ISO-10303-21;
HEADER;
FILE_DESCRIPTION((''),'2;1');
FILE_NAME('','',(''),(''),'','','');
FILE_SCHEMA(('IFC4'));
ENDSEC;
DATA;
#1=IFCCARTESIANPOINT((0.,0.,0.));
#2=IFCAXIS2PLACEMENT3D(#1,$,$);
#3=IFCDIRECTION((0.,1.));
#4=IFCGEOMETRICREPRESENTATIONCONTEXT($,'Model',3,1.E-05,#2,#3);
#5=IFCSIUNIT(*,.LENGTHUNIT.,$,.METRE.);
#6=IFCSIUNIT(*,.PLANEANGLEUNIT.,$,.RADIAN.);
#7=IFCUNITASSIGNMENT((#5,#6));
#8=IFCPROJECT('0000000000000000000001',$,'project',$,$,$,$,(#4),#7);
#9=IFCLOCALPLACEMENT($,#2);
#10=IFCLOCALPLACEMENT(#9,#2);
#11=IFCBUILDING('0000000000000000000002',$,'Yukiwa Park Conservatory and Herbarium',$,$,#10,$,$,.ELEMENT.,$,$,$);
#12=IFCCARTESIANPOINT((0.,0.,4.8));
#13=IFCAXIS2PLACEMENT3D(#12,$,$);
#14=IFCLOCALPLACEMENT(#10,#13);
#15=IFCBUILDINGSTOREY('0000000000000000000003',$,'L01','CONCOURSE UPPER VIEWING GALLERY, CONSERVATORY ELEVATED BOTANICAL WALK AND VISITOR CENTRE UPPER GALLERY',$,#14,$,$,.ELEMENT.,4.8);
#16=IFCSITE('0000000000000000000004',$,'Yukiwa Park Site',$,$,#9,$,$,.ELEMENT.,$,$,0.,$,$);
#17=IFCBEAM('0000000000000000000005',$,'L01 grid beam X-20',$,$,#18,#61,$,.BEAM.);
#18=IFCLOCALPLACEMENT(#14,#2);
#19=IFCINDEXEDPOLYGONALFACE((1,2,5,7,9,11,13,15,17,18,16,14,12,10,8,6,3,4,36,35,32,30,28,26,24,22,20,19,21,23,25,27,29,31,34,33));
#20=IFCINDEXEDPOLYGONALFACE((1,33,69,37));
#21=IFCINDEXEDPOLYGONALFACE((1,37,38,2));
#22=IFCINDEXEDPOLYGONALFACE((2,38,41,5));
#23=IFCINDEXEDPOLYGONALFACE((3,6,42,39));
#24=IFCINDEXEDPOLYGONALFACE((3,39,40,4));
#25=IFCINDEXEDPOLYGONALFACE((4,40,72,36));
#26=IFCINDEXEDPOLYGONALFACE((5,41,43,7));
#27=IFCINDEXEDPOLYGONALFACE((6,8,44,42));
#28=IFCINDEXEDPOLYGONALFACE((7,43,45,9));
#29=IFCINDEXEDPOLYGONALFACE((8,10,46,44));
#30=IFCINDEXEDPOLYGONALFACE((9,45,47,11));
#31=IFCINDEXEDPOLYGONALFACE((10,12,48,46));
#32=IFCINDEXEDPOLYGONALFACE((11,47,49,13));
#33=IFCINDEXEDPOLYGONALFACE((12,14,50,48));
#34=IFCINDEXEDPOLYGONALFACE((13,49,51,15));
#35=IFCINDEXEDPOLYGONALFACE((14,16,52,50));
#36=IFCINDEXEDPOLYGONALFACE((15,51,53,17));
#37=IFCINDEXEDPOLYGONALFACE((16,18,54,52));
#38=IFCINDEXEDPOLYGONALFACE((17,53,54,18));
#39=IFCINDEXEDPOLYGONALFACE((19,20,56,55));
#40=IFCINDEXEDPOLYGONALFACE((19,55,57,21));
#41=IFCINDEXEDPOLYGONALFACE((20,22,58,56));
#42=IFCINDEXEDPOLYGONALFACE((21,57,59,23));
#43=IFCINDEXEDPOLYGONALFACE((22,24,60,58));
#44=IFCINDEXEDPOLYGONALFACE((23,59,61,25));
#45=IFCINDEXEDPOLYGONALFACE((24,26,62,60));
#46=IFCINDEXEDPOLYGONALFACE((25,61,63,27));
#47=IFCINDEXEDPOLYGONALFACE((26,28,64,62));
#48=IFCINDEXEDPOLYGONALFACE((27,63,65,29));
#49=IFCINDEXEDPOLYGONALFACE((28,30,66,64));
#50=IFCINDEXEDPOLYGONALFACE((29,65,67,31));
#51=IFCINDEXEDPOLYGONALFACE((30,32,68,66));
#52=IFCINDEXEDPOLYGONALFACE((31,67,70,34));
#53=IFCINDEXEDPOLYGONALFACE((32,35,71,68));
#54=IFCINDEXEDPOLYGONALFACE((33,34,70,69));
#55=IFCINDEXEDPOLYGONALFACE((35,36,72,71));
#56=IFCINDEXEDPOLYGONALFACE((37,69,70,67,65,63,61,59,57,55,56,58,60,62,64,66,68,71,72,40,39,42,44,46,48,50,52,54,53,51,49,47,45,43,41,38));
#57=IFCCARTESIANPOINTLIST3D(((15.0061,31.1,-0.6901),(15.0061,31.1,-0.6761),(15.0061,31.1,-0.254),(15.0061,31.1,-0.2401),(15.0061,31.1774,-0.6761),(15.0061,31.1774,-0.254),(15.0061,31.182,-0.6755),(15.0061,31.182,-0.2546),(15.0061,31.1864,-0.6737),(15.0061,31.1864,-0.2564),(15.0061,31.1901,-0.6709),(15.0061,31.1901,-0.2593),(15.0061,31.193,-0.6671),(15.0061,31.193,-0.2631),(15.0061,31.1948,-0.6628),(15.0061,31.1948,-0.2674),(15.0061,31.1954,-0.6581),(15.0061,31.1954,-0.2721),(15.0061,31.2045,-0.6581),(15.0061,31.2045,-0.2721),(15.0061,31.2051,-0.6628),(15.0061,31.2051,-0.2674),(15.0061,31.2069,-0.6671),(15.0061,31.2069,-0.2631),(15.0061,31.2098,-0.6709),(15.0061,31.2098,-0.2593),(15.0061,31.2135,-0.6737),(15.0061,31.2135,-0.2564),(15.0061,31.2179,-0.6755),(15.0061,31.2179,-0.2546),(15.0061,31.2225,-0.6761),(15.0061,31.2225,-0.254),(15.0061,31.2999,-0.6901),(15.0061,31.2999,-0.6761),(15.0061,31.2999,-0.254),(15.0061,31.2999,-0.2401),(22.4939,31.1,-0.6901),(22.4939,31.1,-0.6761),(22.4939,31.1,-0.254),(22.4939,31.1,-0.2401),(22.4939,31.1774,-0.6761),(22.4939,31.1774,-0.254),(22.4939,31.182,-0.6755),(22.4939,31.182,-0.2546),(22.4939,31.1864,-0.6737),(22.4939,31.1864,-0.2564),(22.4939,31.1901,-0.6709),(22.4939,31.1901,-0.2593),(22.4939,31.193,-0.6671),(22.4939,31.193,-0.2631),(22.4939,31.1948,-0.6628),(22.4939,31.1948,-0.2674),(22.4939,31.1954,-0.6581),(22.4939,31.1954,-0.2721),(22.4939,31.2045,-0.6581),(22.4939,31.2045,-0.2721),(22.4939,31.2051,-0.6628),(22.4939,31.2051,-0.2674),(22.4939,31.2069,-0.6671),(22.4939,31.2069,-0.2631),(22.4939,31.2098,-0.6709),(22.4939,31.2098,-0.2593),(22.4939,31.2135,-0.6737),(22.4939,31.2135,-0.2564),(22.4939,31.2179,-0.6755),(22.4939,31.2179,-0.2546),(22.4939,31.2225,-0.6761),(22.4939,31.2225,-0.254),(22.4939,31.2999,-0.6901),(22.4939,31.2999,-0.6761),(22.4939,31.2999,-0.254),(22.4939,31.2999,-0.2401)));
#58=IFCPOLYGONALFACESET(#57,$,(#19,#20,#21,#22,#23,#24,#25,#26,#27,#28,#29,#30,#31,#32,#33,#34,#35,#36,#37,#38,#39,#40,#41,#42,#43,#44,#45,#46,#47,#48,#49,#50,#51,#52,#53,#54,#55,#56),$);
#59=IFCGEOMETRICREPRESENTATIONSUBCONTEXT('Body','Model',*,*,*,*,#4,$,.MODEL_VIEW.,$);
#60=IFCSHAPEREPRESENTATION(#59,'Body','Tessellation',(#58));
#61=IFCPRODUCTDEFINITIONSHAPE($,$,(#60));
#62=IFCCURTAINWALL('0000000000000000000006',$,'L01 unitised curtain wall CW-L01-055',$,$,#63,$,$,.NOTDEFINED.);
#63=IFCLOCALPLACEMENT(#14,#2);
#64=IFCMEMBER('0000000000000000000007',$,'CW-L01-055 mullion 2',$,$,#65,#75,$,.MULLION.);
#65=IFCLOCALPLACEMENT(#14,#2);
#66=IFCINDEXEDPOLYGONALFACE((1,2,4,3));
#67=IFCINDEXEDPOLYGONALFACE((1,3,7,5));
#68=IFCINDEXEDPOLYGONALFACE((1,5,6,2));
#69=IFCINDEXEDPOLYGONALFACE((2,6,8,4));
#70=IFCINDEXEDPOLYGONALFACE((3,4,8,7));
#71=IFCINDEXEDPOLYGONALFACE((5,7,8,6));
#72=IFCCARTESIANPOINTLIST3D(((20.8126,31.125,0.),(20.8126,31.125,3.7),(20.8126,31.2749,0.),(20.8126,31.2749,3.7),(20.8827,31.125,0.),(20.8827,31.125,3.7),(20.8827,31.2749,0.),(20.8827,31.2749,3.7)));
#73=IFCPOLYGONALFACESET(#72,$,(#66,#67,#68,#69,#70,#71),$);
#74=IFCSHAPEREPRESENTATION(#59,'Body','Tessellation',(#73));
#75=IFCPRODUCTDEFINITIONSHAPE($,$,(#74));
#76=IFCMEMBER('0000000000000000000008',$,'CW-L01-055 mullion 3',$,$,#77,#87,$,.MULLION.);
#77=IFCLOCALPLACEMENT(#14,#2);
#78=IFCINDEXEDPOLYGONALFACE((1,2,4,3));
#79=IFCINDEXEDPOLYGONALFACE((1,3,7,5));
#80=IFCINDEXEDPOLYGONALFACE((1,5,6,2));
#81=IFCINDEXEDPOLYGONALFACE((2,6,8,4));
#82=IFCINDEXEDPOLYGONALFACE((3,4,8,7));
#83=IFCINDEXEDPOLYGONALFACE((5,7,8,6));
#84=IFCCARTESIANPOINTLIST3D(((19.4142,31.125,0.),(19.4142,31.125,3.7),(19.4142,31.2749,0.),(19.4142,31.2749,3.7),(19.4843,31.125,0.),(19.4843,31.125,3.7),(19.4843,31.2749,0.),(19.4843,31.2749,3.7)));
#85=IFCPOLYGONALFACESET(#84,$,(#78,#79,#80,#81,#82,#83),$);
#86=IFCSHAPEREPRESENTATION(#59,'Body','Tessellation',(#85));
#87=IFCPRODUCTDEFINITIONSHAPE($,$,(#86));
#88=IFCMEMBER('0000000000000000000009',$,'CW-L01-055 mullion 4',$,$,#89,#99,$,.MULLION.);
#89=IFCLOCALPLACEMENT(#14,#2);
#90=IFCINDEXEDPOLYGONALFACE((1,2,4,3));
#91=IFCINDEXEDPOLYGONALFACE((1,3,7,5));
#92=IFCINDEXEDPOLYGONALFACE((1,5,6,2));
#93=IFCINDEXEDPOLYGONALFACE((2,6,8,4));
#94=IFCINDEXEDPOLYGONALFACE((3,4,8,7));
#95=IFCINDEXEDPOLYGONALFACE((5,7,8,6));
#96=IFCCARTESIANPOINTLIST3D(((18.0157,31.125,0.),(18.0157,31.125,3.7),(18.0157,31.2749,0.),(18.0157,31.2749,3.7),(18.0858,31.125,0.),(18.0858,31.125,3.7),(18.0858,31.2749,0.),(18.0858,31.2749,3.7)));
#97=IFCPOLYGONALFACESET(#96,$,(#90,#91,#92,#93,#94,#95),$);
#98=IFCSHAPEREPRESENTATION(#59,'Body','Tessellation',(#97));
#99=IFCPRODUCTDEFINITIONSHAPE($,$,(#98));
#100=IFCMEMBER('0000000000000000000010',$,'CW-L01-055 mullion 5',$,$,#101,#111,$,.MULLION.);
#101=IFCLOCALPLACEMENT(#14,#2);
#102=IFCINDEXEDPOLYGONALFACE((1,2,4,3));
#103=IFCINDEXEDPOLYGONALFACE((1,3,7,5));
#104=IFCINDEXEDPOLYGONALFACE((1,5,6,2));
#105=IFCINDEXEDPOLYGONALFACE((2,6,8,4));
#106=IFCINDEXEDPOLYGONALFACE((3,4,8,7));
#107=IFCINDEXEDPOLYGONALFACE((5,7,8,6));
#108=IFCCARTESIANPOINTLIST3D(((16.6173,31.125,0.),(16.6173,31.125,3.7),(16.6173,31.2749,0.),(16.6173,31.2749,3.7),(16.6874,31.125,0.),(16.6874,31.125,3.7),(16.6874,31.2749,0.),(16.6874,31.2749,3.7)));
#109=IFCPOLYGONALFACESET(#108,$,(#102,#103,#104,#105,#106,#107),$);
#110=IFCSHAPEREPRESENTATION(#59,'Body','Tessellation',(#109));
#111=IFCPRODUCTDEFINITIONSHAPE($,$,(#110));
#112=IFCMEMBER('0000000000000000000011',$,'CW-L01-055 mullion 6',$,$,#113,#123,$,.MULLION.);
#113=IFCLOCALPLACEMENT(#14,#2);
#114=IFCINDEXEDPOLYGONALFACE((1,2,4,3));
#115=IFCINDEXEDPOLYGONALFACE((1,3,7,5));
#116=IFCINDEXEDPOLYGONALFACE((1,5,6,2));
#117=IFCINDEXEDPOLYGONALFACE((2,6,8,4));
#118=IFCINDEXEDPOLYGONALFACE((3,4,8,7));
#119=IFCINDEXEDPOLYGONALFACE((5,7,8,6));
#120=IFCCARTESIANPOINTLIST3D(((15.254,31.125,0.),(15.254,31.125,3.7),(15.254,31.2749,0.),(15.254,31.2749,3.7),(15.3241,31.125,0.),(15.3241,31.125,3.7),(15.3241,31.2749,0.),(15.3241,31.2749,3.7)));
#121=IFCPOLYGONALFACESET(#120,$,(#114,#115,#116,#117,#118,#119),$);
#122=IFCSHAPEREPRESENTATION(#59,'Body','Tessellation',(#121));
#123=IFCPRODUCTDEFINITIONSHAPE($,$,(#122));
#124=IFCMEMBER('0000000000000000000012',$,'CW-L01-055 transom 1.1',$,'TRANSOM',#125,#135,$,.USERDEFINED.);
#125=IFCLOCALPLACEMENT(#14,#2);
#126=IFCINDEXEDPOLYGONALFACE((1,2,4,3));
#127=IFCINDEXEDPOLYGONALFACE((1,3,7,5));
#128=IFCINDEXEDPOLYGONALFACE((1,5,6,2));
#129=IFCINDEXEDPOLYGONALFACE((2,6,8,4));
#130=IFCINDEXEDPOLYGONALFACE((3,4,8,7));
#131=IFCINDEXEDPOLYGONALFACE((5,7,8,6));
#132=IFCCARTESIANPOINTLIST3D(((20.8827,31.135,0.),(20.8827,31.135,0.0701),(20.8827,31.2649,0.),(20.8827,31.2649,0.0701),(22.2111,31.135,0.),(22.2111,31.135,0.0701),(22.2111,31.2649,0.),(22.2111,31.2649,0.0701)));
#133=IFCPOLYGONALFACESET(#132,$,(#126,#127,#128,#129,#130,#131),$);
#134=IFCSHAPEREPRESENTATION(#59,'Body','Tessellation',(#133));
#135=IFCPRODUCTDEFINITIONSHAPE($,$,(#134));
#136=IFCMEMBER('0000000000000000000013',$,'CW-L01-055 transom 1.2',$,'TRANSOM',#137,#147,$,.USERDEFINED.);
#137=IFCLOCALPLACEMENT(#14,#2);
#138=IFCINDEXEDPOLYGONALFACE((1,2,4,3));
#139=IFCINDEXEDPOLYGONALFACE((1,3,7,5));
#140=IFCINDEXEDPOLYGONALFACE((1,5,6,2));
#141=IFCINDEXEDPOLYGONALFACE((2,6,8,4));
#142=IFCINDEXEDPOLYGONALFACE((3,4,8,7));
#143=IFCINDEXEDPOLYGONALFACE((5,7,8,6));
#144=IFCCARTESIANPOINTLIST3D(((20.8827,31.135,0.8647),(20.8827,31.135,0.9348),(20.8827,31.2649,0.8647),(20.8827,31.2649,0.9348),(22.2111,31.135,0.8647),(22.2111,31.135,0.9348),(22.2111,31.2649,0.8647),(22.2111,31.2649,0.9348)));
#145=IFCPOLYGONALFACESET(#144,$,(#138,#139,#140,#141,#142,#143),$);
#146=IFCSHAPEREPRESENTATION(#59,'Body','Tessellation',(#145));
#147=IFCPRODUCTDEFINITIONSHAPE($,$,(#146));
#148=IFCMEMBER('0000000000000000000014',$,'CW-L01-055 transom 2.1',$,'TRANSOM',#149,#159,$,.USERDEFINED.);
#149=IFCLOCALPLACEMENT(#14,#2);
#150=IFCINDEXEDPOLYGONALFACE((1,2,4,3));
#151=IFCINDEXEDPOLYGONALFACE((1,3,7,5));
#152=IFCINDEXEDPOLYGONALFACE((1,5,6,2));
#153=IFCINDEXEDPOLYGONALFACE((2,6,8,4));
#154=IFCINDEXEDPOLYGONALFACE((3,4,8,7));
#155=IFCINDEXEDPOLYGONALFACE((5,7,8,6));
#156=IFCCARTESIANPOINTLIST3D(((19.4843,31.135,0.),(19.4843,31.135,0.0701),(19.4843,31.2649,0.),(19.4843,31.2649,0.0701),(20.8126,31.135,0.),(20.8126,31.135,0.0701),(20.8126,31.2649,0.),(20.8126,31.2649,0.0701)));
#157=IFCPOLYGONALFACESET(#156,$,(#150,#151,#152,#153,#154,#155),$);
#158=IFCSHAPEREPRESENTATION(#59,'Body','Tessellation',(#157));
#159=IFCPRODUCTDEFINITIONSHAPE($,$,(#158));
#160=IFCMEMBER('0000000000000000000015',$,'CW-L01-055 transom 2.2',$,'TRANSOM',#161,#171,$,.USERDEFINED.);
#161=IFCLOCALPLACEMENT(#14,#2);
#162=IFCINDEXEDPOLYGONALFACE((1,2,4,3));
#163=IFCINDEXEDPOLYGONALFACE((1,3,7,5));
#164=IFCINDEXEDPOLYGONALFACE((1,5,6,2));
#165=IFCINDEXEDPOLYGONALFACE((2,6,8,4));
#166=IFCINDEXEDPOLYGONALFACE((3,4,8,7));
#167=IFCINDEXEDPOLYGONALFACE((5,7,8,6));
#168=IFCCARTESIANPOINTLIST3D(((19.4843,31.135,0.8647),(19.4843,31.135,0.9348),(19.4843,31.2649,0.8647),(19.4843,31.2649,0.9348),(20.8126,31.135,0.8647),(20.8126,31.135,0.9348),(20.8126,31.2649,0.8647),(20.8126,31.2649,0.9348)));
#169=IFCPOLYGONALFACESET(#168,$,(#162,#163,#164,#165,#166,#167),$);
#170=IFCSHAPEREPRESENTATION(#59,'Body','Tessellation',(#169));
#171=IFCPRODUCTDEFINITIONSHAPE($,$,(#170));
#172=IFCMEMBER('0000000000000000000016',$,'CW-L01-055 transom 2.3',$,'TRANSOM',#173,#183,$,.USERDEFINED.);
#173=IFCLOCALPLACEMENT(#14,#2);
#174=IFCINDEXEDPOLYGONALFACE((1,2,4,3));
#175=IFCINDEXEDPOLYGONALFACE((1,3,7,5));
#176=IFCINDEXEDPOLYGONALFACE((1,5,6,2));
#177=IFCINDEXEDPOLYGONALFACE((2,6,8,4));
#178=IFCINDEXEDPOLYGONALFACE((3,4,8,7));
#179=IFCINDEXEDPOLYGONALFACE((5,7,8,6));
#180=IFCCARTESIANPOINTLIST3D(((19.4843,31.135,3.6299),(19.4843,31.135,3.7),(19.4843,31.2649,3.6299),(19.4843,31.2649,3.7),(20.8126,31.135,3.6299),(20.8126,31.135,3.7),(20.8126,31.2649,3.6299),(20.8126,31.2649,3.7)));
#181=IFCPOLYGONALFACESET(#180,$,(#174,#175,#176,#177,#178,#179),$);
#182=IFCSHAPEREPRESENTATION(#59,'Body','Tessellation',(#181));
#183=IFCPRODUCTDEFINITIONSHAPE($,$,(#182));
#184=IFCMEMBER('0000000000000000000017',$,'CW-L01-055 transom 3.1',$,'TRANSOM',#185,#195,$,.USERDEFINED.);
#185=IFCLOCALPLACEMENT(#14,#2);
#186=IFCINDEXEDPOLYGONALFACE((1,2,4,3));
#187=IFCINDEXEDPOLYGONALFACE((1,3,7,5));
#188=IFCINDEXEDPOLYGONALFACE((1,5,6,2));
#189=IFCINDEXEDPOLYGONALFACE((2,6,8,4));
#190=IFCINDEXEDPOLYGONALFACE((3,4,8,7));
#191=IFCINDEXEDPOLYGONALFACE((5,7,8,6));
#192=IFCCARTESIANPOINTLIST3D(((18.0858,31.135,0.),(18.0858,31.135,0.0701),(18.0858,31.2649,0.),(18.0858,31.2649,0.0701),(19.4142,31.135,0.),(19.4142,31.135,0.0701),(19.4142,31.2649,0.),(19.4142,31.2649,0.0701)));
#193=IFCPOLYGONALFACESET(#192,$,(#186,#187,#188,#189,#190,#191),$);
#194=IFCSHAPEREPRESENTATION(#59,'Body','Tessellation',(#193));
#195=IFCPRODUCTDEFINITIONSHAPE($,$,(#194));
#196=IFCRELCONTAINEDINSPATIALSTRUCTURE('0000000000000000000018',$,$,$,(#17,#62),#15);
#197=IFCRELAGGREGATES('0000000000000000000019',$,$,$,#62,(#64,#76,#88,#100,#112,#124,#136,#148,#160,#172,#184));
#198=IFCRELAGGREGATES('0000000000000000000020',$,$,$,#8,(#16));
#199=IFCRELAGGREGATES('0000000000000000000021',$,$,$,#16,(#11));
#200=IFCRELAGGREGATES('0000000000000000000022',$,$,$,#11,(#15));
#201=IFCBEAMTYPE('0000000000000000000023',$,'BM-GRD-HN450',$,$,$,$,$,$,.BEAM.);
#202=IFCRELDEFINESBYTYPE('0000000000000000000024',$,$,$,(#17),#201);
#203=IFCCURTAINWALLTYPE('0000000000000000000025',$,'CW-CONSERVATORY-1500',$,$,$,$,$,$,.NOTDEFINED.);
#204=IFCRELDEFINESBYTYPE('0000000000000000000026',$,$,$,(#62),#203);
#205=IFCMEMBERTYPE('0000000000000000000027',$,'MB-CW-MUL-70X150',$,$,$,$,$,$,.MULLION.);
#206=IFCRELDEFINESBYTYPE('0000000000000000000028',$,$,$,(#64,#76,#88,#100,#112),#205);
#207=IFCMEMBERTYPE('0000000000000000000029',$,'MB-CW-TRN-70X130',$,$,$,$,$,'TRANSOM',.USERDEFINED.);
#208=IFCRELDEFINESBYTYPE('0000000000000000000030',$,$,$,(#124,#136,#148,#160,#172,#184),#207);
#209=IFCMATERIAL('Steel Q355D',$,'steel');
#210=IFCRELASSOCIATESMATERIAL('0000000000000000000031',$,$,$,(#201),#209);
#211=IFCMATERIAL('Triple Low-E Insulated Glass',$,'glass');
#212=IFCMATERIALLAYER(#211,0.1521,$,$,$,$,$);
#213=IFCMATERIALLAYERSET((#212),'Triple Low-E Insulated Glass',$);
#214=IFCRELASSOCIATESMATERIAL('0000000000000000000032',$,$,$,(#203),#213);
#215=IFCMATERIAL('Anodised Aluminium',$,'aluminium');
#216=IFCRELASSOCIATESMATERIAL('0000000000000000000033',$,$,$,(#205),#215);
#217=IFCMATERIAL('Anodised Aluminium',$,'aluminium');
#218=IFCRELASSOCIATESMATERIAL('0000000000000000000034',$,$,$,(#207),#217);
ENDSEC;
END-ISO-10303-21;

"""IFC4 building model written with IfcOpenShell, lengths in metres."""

from ifc_helpers import new_model, si_unit, direction, frame, origin, origin_2d, place, context, subcontext, project, spatial, rectangle, i_section, extrude, material, layer, layer_set, material_profile, profile_set, type_object, element, aggregate, save


model = new_model("IFC4")

# Units and contexts
model_context = context("Model", 3, precision=1e-05, world=origin(), true_north=direction((0.0, 1.0)))
body_context = subcontext(model_context, "Body", "Model", "MODEL_VIEW")
ifc_project = project(units=[si_unit("LENGTHUNIT", "METRE"), si_unit("PLANEANGLEUNIT", "RADIAN")], contexts=[model_context])

# Site, building, storey
site_placement = place(None, origin())
site = spatial("IfcSite", under=ifc_project, at=site_placement, Name="Yukiwa Park Site", CompositionType="ELEMENT", RefElevation=0.0)
building_placement = place(site_placement, origin())
building = spatial("IfcBuilding", under=site, at=building_placement, Name="Yukiwa Park Conservatory and Herbarium", CompositionType="ELEMENT")
storey_placement = place(building_placement, frame((0.0, 0.0, 4.8)))
storey = spatial("IfcBuildingStorey", under=building, at=storey_placement, Name="L01", Description="CONCOURSE UPPER VIEWING GALLERY, CONSERVATORY ELEVATED BOTANICAL WALK AND VISITOR CENTRE UPPER GALLERY", CompositionType="ELEMENT", Elevation=4.8)

# Beam
ifc_material_1 = material(Name="Steel Q355D", Category="steel")
ifc_material_profile = material_profile(ifc_material_1, i_section(OverallWidth=0.2, OverallDepth=0.45, WebThickness=0.009, FlangeThickness=0.0139, FilletRadius=0.0181, at=origin_2d()), Name="HN 450x200x9x14")
ifc_profile_set = profile_set([ifc_material_profile], Name="Steel Q355D")
beam_type = type_object("IfcBeamType", Name="BM-GRD-HN450", PredefinedType="BEAM", material=ifc_profile_set)
beam_placement = place(storey_placement, frame((15.0061, 31.2, -0.4651), z_axis=(1.0, 0.0, 0.0), x_axis=(0.0, 1.0, 0.0)))
element("IfcBeam", 1, at=beam_placement, inside=storey, type_object=beam_type, Name="L01 grid beam X-20", PredefinedType="BEAM", context=body_context, shape_type="SweptSolid", body=[
    extrude(i_section(OverallWidth=0.2, OverallDepth=0.45, WebThickness=0.009, FlangeThickness=0.0139, FilletRadius=0.0181, at=origin_2d()), origin(), (0.0, 0.0, 1.0), 7.4878),
])

# Curtain wall, members
ifc_material_2 = material(Name="Triple Low-E Insulated Glass", Category="glass")
ifc_layer_1 = layer(ifc_material_2, 0.1521)
ifc_layer_set_1 = layer_set([ifc_layer_1], Name="Triple Low-E Insulated Glass")
curtain_wall_type = type_object("IfcCurtainWallType", Name="CW-CONSERVATORY-1500", PredefinedType="NOTDEFINED", material=ifc_layer_set_1)
curtain_wall_placement = place(storey_placement, origin())
curtain_wall = element("IfcCurtainWall", 2, at=curtain_wall_placement, inside=storey, type_object=curtain_wall_type, Name="L01 unitised curtain wall CW-L01-055", PredefinedType="NOTDEFINED")
ifc_material_3 = material(Name="Anodised Aluminium", Category="aluminium")
member_type_1 = type_object("IfcMemberType", Name="MB-CW-MUL-70X150", PredefinedType="MULLION", material=ifc_material_3)
member_1_placement = place(storey_placement, frame((20.8477, 31.2, 0.0), z_axis=(0.0, 0.0, 1.0), x_axis=(-1.0, 0.0, 0.0)))
member_1 = element("IfcMember", 3, at=member_1_placement, type_object=member_type_1, Name="CW-L01-055 mullion 2", PredefinedType="MULLION", context=body_context, shape_type="SweptSolid", body=[
    extrude(rectangle(XDim=0.0701, YDim=0.1499, at=origin_2d()), origin(), (0.0, 0.0, 1.0), 3.7),
])
member_2_placement = place(storey_placement, frame((19.4492, 31.2, 0.0), z_axis=(0.0, 0.0, 1.0), x_axis=(-1.0, 0.0, 0.0)))
member_2 = element("IfcMember", 4, at=member_2_placement, type_object=member_type_1, Name="CW-L01-055 mullion 3", PredefinedType="MULLION", context=body_context, shape_type="SweptSolid", body=[
    extrude(rectangle(XDim=0.0701, YDim=0.1499, at=origin_2d()), origin(), (0.0, 0.0, 1.0), 3.7),
])
member_3_placement = place(storey_placement, frame((18.0508, 31.2, 0.0), z_axis=(0.0, 0.0, 1.0), x_axis=(-1.0, 0.0, 0.0)))
member_3 = element("IfcMember", 5, at=member_3_placement, type_object=member_type_1, Name="CW-L01-055 mullion 4", PredefinedType="MULLION", context=body_context, shape_type="SweptSolid", body=[
    extrude(rectangle(XDim=0.0701, YDim=0.1499, at=origin_2d()), origin(), (0.0, 0.0, 1.0), 3.7),
])
member_4_placement = place(storey_placement, frame((16.6523, 31.2, 0.0), z_axis=(0.0, 0.0, 1.0), x_axis=(-1.0, 0.0, 0.0)))
member_4 = element("IfcMember", 6, at=member_4_placement, type_object=member_type_1, Name="CW-L01-055 mullion 5", PredefinedType="MULLION", context=body_context, shape_type="SweptSolid", body=[
    extrude(rectangle(XDim=0.0701, YDim=0.1499, at=origin_2d()), origin(), (0.0, 0.0, 1.0), 3.7),
])
member_5_placement = place(storey_placement, frame((15.2891, 31.2, 0.0), z_axis=(0.0, 0.0, 1.0), x_axis=(-1.0, 0.0, 0.0)))
member_5 = element("IfcMember", 7, at=member_5_placement, type_object=member_type_1, Name="CW-L01-055 mullion 6", PredefinedType="MULLION", context=body_context, shape_type="SweptSolid", body=[
    extrude(rectangle(XDim=0.0701, YDim=0.1499, at=origin_2d()), origin(), (0.0, 0.0, 1.0), 3.7),
])
ifc_material_4 = material(Name="Anodised Aluminium", Category="aluminium")
member_type_2 = type_object("IfcMemberType", Name="MB-CW-TRN-70X130", ElementType="TRANSOM", PredefinedType="USERDEFINED", material=ifc_material_4)
member_6_placement = place(storey_placement, frame((21.5469, 31.2, 0.0), z_axis=(0.0, 0.0, 1.0), x_axis=(-1.0, 0.0, 0.0)))
member_6 = element("IfcMember", 8, at=member_6_placement, type_object=member_type_2, Name="CW-L01-055 transom 1.1", ObjectType="TRANSOM", PredefinedType="USERDEFINED", context=body_context, shape_type="SweptSolid", body=[
    extrude(rectangle(XDim=1.3284, YDim=0.1299, at=origin_2d()), origin(), (0.0, 0.0, 1.0), 0.0701),
])
member_7_placement = place(storey_placement, frame((21.5469, 31.2, 0.8647), z_axis=(0.0, 0.0, 1.0), x_axis=(-1.0, 0.0, 0.0)))
member_7 = element("IfcMember", 9, at=member_7_placement, type_object=member_type_2, Name="CW-L01-055 transom 1.2", ObjectType="TRANSOM", PredefinedType="USERDEFINED", context=body_context, shape_type="SweptSolid", body=[
    extrude(rectangle(XDim=1.3284, YDim=0.1299, at=origin_2d()), origin(), (0.0, 0.0, 1.0), 0.0701),
])
member_8_placement = place(storey_placement, frame((20.1484, 31.2, 0.0), z_axis=(0.0, 0.0, 1.0), x_axis=(-1.0, 0.0, 0.0)))
member_8 = element("IfcMember", 10, at=member_8_placement, type_object=member_type_2, Name="CW-L01-055 transom 2.1", ObjectType="TRANSOM", PredefinedType="USERDEFINED", context=body_context, shape_type="SweptSolid", body=[
    extrude(rectangle(XDim=1.3284, YDim=0.1299, at=origin_2d()), origin(), (0.0, 0.0, 1.0), 0.0701),
])
member_9_placement = place(storey_placement, frame((20.1484, 31.2, 0.8647), z_axis=(0.0, 0.0, 1.0), x_axis=(-1.0, 0.0, 0.0)))
member_9 = element("IfcMember", 11, at=member_9_placement, type_object=member_type_2, Name="CW-L01-055 transom 2.2", ObjectType="TRANSOM", PredefinedType="USERDEFINED", context=body_context, shape_type="SweptSolid", body=[
    extrude(rectangle(XDim=1.3284, YDim=0.1299, at=origin_2d()), origin(), (0.0, 0.0, 1.0), 0.0701),
])
member_10_placement = place(storey_placement, frame((20.1484, 31.2, 3.6299), z_axis=(0.0, 0.0, 1.0), x_axis=(-1.0, 0.0, 0.0)))
member_10 = element("IfcMember", 12, at=member_10_placement, type_object=member_type_2, Name="CW-L01-055 transom 2.3", ObjectType="TRANSOM", PredefinedType="USERDEFINED", context=body_context, shape_type="SweptSolid", body=[
    extrude(rectangle(XDim=1.3284, YDim=0.1299, at=origin_2d()), origin(), (0.0, 0.0, 1.0), 0.0701),
])
member_11_placement = place(storey_placement, frame((18.75, 31.2, 0.0), z_axis=(0.0, 0.0, 1.0), x_axis=(-1.0, 0.0, 0.0)))
member_11 = element("IfcMember", 13, at=member_11_placement, type_object=member_type_2, Name="CW-L01-055 transom 3.1", ObjectType="TRANSOM", PredefinedType="USERDEFINED", context=body_context, shape_type="SweptSolid", body=[
    extrude(rectangle(XDim=1.3284, YDim=0.1299, at=origin_2d()), origin(), (0.0, 0.0, 1.0), 0.0701),
])
aggregate(curtain_wall, [member_1, member_2, member_3, member_4, member_5, member_6, member_7, member_8, member_9, member_10, member_11])

save(model, "model.ifc")
